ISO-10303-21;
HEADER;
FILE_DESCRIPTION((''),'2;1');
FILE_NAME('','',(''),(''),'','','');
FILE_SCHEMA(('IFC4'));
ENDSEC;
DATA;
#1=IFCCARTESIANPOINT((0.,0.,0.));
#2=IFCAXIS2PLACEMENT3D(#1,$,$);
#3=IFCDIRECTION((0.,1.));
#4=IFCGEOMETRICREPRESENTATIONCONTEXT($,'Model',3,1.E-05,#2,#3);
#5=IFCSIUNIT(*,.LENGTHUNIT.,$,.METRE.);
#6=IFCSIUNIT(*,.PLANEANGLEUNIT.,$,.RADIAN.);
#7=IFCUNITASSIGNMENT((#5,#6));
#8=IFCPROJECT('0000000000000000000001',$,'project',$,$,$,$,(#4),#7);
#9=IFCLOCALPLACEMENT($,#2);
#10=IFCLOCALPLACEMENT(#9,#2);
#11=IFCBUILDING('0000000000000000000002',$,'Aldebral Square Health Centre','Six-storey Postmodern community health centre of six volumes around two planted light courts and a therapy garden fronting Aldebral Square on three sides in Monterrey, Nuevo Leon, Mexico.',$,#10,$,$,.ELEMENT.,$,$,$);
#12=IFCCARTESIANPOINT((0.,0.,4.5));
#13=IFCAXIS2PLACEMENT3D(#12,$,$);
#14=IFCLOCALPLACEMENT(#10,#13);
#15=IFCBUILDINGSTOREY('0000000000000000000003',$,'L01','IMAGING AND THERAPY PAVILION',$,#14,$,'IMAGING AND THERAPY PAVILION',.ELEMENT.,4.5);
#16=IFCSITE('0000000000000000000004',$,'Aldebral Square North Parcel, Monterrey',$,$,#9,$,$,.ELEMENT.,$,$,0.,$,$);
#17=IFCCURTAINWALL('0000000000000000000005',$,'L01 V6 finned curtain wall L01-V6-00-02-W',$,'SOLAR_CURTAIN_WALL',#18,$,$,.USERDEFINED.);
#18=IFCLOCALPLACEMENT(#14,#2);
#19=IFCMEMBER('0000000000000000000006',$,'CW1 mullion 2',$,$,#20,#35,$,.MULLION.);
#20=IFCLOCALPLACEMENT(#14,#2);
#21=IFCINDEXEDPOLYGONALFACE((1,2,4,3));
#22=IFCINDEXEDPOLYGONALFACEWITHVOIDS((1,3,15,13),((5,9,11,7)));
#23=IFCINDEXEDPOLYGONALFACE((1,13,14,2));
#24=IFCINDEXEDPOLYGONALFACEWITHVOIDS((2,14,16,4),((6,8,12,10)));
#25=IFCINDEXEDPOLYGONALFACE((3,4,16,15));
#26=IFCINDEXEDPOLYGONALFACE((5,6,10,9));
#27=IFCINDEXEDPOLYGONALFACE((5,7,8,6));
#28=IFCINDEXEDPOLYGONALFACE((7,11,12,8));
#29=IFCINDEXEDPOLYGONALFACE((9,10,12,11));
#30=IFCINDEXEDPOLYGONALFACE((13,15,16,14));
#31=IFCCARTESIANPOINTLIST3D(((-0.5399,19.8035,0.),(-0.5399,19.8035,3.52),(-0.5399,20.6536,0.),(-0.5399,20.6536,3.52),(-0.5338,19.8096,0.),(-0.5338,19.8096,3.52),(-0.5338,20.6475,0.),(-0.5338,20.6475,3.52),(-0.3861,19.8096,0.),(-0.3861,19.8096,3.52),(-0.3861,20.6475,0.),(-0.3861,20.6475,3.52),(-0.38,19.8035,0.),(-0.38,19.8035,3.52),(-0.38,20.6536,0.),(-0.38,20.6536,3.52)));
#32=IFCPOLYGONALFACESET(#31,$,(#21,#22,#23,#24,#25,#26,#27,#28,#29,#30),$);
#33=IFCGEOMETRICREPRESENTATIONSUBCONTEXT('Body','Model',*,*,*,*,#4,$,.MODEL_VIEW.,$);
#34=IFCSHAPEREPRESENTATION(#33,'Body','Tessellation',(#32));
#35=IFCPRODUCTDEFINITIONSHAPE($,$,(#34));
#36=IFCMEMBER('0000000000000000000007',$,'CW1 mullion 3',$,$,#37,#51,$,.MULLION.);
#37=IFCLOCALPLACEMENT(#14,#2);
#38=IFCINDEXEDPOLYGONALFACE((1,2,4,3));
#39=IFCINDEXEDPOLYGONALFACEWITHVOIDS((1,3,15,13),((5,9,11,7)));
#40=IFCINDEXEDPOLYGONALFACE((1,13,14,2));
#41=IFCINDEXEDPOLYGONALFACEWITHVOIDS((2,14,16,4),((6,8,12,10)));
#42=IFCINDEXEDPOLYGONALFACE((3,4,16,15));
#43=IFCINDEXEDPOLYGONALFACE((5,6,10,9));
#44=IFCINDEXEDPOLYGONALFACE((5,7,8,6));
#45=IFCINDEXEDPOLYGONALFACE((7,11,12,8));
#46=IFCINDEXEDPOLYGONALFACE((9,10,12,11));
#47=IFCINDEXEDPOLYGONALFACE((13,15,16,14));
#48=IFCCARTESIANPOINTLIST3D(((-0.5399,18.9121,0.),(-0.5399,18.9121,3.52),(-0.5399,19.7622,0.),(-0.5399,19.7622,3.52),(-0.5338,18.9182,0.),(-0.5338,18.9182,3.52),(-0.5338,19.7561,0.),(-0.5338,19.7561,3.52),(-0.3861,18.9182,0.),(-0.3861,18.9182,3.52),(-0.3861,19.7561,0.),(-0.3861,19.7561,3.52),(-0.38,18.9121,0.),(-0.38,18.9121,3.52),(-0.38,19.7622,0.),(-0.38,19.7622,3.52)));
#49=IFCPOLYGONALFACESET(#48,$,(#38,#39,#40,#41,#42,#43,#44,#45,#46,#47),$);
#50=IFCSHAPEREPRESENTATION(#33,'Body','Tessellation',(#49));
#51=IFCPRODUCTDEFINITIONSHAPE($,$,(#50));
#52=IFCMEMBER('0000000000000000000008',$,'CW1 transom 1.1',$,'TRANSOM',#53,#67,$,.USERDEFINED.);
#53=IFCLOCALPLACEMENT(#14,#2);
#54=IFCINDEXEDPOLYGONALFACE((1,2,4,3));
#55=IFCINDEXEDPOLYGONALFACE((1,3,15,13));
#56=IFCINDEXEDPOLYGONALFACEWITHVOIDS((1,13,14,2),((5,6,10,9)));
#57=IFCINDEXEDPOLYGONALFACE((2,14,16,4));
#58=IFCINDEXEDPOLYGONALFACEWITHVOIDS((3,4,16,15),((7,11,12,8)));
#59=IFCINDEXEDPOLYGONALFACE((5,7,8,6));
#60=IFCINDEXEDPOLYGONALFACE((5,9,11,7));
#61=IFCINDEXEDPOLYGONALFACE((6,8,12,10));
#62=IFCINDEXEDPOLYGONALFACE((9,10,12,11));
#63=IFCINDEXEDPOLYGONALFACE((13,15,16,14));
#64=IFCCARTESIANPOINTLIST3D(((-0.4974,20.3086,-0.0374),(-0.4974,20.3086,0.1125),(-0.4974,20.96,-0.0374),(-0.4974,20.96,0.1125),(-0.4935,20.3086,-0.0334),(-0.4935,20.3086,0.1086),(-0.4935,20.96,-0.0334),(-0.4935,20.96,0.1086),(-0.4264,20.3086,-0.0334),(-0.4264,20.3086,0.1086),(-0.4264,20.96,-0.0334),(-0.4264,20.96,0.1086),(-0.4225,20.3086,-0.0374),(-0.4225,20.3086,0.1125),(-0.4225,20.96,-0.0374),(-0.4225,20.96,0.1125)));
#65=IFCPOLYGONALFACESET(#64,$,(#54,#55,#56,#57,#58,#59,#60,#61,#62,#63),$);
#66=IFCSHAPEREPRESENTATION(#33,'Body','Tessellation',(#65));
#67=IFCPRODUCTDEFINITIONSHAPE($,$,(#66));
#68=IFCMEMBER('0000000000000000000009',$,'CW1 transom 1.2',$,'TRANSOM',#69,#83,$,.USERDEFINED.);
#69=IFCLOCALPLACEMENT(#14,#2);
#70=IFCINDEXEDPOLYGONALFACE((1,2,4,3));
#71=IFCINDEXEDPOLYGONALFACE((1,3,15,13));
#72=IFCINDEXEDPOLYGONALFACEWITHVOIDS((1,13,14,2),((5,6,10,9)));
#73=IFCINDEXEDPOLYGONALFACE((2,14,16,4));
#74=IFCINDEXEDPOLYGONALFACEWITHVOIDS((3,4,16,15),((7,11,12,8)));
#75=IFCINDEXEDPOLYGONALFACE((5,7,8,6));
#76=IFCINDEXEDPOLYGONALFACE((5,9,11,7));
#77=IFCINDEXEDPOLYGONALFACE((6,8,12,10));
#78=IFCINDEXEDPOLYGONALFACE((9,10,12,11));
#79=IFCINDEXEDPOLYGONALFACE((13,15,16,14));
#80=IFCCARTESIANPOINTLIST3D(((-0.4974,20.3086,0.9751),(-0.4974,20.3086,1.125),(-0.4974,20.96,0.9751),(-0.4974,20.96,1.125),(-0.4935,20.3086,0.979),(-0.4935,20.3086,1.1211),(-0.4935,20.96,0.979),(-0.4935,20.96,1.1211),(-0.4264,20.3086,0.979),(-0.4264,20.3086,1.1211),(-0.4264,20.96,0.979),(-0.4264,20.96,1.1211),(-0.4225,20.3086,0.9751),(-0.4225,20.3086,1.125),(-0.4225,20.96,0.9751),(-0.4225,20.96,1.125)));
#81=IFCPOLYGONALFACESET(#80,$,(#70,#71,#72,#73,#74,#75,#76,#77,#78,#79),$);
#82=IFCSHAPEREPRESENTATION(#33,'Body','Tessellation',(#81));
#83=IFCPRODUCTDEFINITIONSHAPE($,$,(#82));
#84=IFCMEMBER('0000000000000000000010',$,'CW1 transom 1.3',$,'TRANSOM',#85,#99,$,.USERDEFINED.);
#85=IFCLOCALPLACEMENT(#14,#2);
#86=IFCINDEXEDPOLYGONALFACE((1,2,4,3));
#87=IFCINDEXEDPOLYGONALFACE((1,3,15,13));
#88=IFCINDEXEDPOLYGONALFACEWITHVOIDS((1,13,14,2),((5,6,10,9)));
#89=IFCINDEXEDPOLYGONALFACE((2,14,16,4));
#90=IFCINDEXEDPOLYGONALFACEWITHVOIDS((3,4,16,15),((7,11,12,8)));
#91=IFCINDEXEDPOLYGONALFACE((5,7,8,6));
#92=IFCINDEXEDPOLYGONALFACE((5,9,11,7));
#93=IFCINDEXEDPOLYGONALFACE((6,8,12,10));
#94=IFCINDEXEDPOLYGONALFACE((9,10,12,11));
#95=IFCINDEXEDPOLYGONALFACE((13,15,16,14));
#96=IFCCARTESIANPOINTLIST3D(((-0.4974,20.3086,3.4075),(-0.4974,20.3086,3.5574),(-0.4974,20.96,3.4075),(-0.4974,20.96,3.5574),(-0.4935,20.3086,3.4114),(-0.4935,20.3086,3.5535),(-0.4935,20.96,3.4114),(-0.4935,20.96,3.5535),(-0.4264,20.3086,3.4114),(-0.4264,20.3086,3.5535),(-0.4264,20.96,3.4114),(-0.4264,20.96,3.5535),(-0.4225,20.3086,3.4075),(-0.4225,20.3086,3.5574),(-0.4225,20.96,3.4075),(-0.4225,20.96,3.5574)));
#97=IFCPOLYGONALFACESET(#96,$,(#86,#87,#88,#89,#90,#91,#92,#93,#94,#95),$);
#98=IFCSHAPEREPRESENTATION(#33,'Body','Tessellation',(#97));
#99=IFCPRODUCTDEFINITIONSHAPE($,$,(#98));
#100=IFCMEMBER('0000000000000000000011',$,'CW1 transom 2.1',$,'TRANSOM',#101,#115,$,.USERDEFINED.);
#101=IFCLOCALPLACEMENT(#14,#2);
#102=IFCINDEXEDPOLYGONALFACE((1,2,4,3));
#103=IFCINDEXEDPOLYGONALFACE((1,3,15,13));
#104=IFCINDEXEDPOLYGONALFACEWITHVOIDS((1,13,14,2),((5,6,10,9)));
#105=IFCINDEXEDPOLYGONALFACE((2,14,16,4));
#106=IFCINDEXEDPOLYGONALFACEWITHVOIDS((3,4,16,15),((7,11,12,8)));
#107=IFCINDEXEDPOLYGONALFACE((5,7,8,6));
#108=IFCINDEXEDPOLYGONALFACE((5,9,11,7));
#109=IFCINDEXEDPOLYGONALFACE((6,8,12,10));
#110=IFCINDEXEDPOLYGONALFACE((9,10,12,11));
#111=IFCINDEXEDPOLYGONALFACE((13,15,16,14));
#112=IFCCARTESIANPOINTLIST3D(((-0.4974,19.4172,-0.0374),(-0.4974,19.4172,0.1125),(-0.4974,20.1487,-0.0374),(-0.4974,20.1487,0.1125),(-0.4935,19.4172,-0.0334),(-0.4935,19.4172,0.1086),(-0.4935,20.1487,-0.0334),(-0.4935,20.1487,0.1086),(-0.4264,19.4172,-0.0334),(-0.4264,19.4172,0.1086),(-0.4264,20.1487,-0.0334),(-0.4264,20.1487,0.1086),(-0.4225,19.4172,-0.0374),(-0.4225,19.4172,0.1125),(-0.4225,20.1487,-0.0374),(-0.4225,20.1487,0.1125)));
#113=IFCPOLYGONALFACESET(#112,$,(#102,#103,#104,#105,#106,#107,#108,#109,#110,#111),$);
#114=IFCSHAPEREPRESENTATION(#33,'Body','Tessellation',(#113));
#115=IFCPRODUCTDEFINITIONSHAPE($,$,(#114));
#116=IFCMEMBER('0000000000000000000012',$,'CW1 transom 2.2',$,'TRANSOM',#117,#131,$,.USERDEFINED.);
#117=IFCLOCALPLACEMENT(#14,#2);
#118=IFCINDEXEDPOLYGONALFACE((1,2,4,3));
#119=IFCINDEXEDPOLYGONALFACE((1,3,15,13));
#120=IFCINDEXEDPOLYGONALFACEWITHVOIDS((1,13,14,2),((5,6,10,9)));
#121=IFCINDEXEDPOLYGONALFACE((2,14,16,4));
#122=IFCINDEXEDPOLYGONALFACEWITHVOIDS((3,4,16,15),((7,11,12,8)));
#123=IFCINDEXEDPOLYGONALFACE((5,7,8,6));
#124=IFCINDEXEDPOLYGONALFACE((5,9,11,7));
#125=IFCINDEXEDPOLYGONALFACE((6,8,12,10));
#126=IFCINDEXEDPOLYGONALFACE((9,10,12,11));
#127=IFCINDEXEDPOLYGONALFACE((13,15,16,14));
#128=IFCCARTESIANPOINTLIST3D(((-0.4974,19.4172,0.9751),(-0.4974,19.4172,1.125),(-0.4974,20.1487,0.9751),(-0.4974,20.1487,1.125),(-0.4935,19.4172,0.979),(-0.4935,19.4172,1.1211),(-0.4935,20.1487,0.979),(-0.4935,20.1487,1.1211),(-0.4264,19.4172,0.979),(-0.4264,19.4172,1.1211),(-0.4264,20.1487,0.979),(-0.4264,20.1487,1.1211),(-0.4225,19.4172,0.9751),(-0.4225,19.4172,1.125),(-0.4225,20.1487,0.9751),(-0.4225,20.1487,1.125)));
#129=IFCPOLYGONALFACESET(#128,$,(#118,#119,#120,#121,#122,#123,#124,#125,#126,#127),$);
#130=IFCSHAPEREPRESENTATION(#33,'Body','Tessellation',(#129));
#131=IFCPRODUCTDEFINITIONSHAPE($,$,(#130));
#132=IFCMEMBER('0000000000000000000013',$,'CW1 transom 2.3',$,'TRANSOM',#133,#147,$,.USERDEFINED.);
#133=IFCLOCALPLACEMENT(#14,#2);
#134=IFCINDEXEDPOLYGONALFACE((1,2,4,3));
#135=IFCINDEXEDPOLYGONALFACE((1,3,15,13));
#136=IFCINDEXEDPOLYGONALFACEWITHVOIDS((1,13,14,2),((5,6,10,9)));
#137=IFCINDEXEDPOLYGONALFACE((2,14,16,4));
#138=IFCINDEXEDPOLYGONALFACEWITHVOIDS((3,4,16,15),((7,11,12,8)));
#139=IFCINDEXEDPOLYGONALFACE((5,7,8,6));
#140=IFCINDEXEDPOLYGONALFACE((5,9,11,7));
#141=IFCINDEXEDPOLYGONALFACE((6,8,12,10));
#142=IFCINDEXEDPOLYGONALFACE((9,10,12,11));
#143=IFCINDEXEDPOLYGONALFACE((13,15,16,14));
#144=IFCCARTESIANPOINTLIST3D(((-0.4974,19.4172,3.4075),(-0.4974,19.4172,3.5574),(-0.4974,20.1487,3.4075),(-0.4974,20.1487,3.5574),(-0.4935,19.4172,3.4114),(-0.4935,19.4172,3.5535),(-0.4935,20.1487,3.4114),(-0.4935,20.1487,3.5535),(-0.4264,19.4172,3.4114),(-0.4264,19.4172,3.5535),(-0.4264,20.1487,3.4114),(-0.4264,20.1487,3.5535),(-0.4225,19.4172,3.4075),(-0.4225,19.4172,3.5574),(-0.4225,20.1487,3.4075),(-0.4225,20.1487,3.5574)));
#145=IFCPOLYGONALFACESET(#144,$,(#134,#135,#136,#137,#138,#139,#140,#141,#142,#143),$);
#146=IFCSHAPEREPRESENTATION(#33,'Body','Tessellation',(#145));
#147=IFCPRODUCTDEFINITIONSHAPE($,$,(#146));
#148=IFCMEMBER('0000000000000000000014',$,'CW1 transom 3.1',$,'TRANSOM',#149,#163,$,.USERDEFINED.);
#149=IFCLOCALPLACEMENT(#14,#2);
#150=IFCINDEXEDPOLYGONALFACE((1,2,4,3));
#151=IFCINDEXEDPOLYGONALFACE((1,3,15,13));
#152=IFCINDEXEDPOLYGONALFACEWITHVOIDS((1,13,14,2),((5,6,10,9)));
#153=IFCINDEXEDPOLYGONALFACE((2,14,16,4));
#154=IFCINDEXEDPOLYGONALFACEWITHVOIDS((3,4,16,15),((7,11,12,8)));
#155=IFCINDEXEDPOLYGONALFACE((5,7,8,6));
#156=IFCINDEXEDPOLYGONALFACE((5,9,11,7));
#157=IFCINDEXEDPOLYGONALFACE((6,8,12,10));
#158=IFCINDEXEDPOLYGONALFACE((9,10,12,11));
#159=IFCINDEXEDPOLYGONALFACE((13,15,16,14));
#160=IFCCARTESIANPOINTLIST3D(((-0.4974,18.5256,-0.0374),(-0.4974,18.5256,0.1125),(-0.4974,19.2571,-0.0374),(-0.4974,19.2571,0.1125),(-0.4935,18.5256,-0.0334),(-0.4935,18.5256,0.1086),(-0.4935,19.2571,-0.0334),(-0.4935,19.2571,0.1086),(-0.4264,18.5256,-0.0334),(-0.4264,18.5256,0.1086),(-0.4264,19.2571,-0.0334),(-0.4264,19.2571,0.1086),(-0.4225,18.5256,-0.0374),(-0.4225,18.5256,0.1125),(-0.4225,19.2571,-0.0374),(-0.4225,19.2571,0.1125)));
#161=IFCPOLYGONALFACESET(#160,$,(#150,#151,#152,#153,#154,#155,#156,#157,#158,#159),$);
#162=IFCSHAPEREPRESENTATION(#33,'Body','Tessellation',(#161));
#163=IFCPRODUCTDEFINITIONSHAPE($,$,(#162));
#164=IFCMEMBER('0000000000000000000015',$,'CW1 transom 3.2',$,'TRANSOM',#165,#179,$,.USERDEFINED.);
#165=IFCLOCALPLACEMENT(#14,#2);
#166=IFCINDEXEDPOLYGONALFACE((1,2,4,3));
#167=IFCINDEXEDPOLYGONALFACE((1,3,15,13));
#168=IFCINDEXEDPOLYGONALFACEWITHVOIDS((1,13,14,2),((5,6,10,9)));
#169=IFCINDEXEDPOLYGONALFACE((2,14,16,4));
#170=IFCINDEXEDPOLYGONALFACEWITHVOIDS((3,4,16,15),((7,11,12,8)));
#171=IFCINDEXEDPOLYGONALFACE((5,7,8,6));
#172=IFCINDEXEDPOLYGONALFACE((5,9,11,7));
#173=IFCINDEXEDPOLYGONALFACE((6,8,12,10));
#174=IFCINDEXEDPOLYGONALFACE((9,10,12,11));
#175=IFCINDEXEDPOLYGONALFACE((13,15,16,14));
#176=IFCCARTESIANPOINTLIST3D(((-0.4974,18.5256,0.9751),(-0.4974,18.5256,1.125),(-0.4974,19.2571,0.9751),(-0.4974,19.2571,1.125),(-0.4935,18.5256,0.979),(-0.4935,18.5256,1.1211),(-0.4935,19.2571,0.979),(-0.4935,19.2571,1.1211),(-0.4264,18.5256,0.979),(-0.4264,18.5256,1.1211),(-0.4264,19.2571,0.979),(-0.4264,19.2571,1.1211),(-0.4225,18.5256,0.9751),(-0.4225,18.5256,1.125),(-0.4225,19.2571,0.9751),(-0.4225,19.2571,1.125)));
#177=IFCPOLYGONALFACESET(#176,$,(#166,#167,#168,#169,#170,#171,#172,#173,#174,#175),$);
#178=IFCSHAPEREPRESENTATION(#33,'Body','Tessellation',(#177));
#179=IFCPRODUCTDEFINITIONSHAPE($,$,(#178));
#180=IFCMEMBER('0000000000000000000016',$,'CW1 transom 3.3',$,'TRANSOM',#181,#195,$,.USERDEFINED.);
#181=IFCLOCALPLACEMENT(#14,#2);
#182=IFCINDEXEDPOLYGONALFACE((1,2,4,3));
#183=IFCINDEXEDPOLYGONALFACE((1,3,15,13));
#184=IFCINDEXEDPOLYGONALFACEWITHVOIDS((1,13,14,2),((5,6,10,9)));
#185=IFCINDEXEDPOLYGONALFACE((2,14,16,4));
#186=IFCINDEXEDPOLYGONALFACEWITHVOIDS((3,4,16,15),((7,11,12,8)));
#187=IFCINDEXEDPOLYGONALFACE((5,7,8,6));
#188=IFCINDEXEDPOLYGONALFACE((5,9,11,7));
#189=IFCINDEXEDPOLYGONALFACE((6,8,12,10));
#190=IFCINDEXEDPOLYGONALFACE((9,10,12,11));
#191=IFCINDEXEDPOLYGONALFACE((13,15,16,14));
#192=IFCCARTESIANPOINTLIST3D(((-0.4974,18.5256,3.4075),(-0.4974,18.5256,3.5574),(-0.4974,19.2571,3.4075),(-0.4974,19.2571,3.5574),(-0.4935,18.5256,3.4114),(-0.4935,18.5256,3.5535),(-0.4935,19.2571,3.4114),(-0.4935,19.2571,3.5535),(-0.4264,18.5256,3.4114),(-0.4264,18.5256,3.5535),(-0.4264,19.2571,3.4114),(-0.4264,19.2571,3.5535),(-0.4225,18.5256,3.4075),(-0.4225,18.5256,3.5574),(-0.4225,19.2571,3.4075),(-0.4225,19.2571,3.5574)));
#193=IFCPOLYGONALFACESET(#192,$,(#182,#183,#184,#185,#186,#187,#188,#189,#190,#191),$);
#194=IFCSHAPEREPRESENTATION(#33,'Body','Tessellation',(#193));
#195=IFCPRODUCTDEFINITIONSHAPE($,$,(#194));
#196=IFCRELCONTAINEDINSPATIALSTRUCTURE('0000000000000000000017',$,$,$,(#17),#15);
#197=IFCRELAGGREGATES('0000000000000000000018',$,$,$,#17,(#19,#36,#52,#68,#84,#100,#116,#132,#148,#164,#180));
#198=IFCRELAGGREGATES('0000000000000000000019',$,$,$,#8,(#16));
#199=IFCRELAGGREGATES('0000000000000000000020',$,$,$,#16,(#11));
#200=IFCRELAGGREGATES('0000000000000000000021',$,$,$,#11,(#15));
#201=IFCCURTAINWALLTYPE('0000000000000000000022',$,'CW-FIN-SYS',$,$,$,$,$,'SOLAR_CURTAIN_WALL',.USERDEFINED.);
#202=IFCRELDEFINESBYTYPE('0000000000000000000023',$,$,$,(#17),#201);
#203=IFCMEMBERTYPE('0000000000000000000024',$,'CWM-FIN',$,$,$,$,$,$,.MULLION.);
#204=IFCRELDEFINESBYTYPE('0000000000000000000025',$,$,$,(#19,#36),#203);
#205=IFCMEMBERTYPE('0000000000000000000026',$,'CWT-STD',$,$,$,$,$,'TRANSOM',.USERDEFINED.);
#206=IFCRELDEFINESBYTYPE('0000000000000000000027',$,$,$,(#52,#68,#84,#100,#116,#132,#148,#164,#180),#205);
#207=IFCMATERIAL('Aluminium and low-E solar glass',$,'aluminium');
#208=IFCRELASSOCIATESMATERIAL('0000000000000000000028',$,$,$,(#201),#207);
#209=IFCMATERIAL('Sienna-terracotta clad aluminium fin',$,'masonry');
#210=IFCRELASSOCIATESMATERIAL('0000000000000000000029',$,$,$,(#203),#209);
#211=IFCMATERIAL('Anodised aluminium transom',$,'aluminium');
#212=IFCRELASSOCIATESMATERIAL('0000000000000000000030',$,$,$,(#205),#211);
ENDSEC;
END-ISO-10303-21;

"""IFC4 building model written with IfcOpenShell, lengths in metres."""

from ifc_helpers import new_model, si_unit, direction, frame, origin, origin_2d, place, context, subcontext, project, spatial, hollow_rectangle, extrude, material, material_profile, profile_set, type_object, element, aggregate, save


model = new_model("IFC4")

# Units and contexts
model_context = context("Model", 3, precision=1e-05, world=origin(), true_north=direction((0.0, 1.0)))
body_context = subcontext(model_context, "Body", "Model", "MODEL_VIEW")
ifc_project = project(units=[si_unit("LENGTHUNIT", "METRE"), si_unit("PLANEANGLEUNIT", "RADIAN")], contexts=[model_context])

# Site, building, storey
site_placement = place(None, origin())
site = spatial("IfcSite", under=ifc_project, at=site_placement, Name="Aldebral Square North Parcel, Monterrey", CompositionType="ELEMENT", RefElevation=0.0)
building_placement = place(site_placement, origin())
building = spatial("IfcBuilding", under=site, at=building_placement, Name="Aldebral Square Health Centre", Description="Six-storey Postmodern community health centre of six volumes around two planted light courts and a therapy garden fronting Aldebral Square on three sides in Monterrey, Nuevo Leon, Mexico.", CompositionType="ELEMENT")
storey_placement = place(building_placement, frame((0.0, 0.0, 4.5)))
storey = spatial("IfcBuildingStorey", under=building, at=storey_placement, Name="L01", Description="IMAGING AND THERAPY PAVILION", LongName="IMAGING AND THERAPY PAVILION", CompositionType="ELEMENT", Elevation=4.5)

# Curtain wall, members
ifc_material_1 = material(Name="Aluminium and low-E solar glass", Category="aluminium")
curtain_wall_type = type_object("IfcCurtainWallType", Name="CW-FIN-SYS", ElementType="SOLAR_CURTAIN_WALL", PredefinedType="USERDEFINED", material=ifc_material_1)
curtain_wall_placement = place(storey_placement, origin())
curtain_wall = element("IfcCurtainWall", 1, at=curtain_wall_placement, inside=storey, type_object=curtain_wall_type, Name="L01 V6 finned curtain wall L01-V6-00-02-W", ObjectType="SOLAR_CURTAIN_WALL", PredefinedType="USERDEFINED")
ifc_material_2 = material(Name="Sienna-terracotta clad aluminium fin", Category="masonry")
ifc_material_profile_1 = material_profile(ifc_material_2, hollow_rectangle(XDim=0.1599, YDim=0.8501, WallThickness=0.0061, at=origin_2d()), Name="FIN 160x850x6")
ifc_profile_set_1 = profile_set([ifc_material_profile_1], Name="Sienna-terracotta clad aluminium fin")
member_type_1 = type_object("IfcMemberType", Name="CWM-FIN", PredefinedType="MULLION", material=ifc_profile_set_1)
member_1_placement = place(storey_placement, frame((-0.46, 20.2285, 0.0), z_axis=(0.0, 0.0, 1.0), x_axis=(1.0, 0.0, 0.0)))
member_1 = element("IfcMember", 2, at=member_1_placement, type_object=member_type_1, Name="CW1 mullion 2", PredefinedType="MULLION", context=body_context, shape_type="SweptSolid", body=[
    extrude(hollow_rectangle(XDim=0.1599, YDim=0.8501, WallThickness=0.0061, at=origin_2d()), origin(), (0.0, 0.0, 1.0), 3.52),
])
member_2_placement = place(storey_placement, frame((-0.46, 19.3372, 0.0), z_axis=(0.0, 0.0, 1.0), x_axis=(1.0, 0.0, 0.0)))
member_2 = element("IfcMember", 3, at=member_2_placement, type_object=member_type_1, Name="CW1 mullion 3", PredefinedType="MULLION", context=body_context, shape_type="SweptSolid", body=[
    extrude(hollow_rectangle(XDim=0.1599, YDim=0.8501, WallThickness=0.0061, at=origin_2d()), origin(), (0.0, 0.0, 1.0), 3.52),
])
ifc_material_3 = material(Name="Anodised aluminium transom", Category="aluminium")
ifc_material_profile_2 = material_profile(ifc_material_3, hollow_rectangle(XDim=0.075, YDim=0.1499, WallThickness=0.0039, at=origin_2d()), Name="CWT 75x150x4")
ifc_profile_set_2 = profile_set([ifc_material_profile_2], Name="Anodised aluminium transom")
member_type_2 = type_object("IfcMemberType", Name="CWT-STD", ElementType="TRANSOM", PredefinedType="USERDEFINED", material=ifc_profile_set_2)
member_3_placement = place(storey_placement, frame((-0.46, 20.96, 0.0376), z_axis=(0.0, -1.0, 0.0), x_axis=(1.0, 0.0, 0.0)))
member_3 = element("IfcMember", 4, at=member_3_placement, type_object=member_type_2, Name="CW1 transom 1.1", ObjectType="TRANSOM", PredefinedType="USERDEFINED", context=body_context, shape_type="SweptSolid", body=[
    extrude(hollow_rectangle(XDim=0.075, YDim=0.1499, WallThickness=0.0039, at=origin_2d()), origin(), (0.0, 0.0, 1.0), 0.6514),
])
member_4_placement = place(storey_placement, frame((-0.46, 20.96, 1.05), z_axis=(0.0, -1.0, 0.0), x_axis=(1.0, 0.0, 0.0)))
member_4 = element("IfcMember", 5, at=member_4_placement, type_object=member_type_2, Name="CW1 transom 1.2", ObjectType="TRANSOM", PredefinedType="USERDEFINED", context=body_context, shape_type="SweptSolid", body=[
    extrude(hollow_rectangle(XDim=0.075, YDim=0.1499, WallThickness=0.0039, at=origin_2d()), origin(), (0.0, 0.0, 1.0), 0.6514),
])
member_5_placement = place(storey_placement, frame((-0.46, 20.96, 3.4824), z_axis=(0.0, -1.0, 0.0), x_axis=(1.0, 0.0, 0.0)))
member_5 = element("IfcMember", 6, at=member_5_placement, type_object=member_type_2, Name="CW1 transom 1.3", ObjectType="TRANSOM", PredefinedType="USERDEFINED", context=body_context, shape_type="SweptSolid", body=[
    extrude(hollow_rectangle(XDim=0.075, YDim=0.1499, WallThickness=0.0039, at=origin_2d()), origin(), (0.0, 0.0, 1.0), 0.6514),
])
member_6_placement = place(storey_placement, frame((-0.46, 20.1487, 0.0376), z_axis=(0.0, -1.0, 0.0), x_axis=(1.0, 0.0, 0.0)))
member_6 = element("IfcMember", 7, at=member_6_placement, type_object=member_type_2, Name="CW1 transom 2.1", ObjectType="TRANSOM", PredefinedType="USERDEFINED", context=body_context, shape_type="SweptSolid", body=[
    extrude(hollow_rectangle(XDim=0.075, YDim=0.1499, WallThickness=0.0039, at=origin_2d()), origin(), (0.0, 0.0, 1.0), 0.7314),
])
member_7_placement = place(storey_placement, frame((-0.46, 20.1487, 1.05), z_axis=(0.0, -1.0, 0.0), x_axis=(1.0, 0.0, 0.0)))
member_7 = element("IfcMember", 8, at=member_7_placement, type_object=member_type_2, Name="CW1 transom 2.2", ObjectType="TRANSOM", PredefinedType="USERDEFINED", context=body_context, shape_type="SweptSolid", body=[
    extrude(hollow_rectangle(XDim=0.075, YDim=0.1499, WallThickness=0.0039, at=origin_2d()), origin(), (0.0, 0.0, 1.0), 0.7314),
])
member_8_placement = place(storey_placement, frame((-0.46, 20.1487, 3.4824), z_axis=(0.0, -1.0, 0.0), x_axis=(1.0, 0.0, 0.0)))
member_8 = element("IfcMember", 9, at=member_8_placement, type_object=member_type_2, Name="CW1 transom 2.3", ObjectType="TRANSOM", PredefinedType="USERDEFINED", context=body_context, shape_type="SweptSolid", body=[
    extrude(hollow_rectangle(XDim=0.075, YDim=0.1499, WallThickness=0.0039, at=origin_2d()), origin(), (0.0, 0.0, 1.0), 0.7314),
])
member_9_placement = place(storey_placement, frame((-0.46, 19.2571, 0.0376), z_axis=(0.0, -1.0, 0.0), x_axis=(1.0, 0.0, 0.0)))
member_9 = element("IfcMember", 10, at=member_9_placement, type_object=member_type_2, Name="CW1 transom 3.1", ObjectType="TRANSOM", PredefinedType="USERDEFINED", context=body_context, shape_type="SweptSolid", body=[
    extrude(hollow_rectangle(XDim=0.075, YDim=0.1499, WallThickness=0.0039, at=origin_2d()), origin(), (0.0, 0.0, 1.0), 0.7314),
])
member_10_placement = place(storey_placement, frame((-0.46, 19.2571, 1.05), z_axis=(0.0, -1.0, 0.0), x_axis=(1.0, 0.0, 0.0)))
member_10 = element("IfcMember", 11, at=member_10_placement, type_object=member_type_2, Name="CW1 transom 3.2", ObjectType="TRANSOM", PredefinedType="USERDEFINED", context=body_context, shape_type="SweptSolid", body=[
    extrude(hollow_rectangle(XDim=0.075, YDim=0.1499, WallThickness=0.0039, at=origin_2d()), origin(), (0.0, 0.0, 1.0), 0.7314),
])
member_11_placement = place(storey_placement, frame((-0.46, 19.2571, 3.4824), z_axis=(0.0, -1.0, 0.0), x_axis=(1.0, 0.0, 0.0)))
member_11 = element("IfcMember", 12, at=member_11_placement, type_object=member_type_2, Name="CW1 transom 3.3", ObjectType="TRANSOM", PredefinedType="USERDEFINED", context=body_context, shape_type="SweptSolid", body=[
    extrude(hollow_rectangle(XDim=0.075, YDim=0.1499, WallThickness=0.0039, at=origin_2d()), origin(), (0.0, 0.0, 1.0), 0.7314),
])
aggregate(curtain_wall, [member_1, member_2, member_3, member_4, member_5, member_6, member_7, member_8, member_9, member_10, member_11])

save(model, "model.ifc")
